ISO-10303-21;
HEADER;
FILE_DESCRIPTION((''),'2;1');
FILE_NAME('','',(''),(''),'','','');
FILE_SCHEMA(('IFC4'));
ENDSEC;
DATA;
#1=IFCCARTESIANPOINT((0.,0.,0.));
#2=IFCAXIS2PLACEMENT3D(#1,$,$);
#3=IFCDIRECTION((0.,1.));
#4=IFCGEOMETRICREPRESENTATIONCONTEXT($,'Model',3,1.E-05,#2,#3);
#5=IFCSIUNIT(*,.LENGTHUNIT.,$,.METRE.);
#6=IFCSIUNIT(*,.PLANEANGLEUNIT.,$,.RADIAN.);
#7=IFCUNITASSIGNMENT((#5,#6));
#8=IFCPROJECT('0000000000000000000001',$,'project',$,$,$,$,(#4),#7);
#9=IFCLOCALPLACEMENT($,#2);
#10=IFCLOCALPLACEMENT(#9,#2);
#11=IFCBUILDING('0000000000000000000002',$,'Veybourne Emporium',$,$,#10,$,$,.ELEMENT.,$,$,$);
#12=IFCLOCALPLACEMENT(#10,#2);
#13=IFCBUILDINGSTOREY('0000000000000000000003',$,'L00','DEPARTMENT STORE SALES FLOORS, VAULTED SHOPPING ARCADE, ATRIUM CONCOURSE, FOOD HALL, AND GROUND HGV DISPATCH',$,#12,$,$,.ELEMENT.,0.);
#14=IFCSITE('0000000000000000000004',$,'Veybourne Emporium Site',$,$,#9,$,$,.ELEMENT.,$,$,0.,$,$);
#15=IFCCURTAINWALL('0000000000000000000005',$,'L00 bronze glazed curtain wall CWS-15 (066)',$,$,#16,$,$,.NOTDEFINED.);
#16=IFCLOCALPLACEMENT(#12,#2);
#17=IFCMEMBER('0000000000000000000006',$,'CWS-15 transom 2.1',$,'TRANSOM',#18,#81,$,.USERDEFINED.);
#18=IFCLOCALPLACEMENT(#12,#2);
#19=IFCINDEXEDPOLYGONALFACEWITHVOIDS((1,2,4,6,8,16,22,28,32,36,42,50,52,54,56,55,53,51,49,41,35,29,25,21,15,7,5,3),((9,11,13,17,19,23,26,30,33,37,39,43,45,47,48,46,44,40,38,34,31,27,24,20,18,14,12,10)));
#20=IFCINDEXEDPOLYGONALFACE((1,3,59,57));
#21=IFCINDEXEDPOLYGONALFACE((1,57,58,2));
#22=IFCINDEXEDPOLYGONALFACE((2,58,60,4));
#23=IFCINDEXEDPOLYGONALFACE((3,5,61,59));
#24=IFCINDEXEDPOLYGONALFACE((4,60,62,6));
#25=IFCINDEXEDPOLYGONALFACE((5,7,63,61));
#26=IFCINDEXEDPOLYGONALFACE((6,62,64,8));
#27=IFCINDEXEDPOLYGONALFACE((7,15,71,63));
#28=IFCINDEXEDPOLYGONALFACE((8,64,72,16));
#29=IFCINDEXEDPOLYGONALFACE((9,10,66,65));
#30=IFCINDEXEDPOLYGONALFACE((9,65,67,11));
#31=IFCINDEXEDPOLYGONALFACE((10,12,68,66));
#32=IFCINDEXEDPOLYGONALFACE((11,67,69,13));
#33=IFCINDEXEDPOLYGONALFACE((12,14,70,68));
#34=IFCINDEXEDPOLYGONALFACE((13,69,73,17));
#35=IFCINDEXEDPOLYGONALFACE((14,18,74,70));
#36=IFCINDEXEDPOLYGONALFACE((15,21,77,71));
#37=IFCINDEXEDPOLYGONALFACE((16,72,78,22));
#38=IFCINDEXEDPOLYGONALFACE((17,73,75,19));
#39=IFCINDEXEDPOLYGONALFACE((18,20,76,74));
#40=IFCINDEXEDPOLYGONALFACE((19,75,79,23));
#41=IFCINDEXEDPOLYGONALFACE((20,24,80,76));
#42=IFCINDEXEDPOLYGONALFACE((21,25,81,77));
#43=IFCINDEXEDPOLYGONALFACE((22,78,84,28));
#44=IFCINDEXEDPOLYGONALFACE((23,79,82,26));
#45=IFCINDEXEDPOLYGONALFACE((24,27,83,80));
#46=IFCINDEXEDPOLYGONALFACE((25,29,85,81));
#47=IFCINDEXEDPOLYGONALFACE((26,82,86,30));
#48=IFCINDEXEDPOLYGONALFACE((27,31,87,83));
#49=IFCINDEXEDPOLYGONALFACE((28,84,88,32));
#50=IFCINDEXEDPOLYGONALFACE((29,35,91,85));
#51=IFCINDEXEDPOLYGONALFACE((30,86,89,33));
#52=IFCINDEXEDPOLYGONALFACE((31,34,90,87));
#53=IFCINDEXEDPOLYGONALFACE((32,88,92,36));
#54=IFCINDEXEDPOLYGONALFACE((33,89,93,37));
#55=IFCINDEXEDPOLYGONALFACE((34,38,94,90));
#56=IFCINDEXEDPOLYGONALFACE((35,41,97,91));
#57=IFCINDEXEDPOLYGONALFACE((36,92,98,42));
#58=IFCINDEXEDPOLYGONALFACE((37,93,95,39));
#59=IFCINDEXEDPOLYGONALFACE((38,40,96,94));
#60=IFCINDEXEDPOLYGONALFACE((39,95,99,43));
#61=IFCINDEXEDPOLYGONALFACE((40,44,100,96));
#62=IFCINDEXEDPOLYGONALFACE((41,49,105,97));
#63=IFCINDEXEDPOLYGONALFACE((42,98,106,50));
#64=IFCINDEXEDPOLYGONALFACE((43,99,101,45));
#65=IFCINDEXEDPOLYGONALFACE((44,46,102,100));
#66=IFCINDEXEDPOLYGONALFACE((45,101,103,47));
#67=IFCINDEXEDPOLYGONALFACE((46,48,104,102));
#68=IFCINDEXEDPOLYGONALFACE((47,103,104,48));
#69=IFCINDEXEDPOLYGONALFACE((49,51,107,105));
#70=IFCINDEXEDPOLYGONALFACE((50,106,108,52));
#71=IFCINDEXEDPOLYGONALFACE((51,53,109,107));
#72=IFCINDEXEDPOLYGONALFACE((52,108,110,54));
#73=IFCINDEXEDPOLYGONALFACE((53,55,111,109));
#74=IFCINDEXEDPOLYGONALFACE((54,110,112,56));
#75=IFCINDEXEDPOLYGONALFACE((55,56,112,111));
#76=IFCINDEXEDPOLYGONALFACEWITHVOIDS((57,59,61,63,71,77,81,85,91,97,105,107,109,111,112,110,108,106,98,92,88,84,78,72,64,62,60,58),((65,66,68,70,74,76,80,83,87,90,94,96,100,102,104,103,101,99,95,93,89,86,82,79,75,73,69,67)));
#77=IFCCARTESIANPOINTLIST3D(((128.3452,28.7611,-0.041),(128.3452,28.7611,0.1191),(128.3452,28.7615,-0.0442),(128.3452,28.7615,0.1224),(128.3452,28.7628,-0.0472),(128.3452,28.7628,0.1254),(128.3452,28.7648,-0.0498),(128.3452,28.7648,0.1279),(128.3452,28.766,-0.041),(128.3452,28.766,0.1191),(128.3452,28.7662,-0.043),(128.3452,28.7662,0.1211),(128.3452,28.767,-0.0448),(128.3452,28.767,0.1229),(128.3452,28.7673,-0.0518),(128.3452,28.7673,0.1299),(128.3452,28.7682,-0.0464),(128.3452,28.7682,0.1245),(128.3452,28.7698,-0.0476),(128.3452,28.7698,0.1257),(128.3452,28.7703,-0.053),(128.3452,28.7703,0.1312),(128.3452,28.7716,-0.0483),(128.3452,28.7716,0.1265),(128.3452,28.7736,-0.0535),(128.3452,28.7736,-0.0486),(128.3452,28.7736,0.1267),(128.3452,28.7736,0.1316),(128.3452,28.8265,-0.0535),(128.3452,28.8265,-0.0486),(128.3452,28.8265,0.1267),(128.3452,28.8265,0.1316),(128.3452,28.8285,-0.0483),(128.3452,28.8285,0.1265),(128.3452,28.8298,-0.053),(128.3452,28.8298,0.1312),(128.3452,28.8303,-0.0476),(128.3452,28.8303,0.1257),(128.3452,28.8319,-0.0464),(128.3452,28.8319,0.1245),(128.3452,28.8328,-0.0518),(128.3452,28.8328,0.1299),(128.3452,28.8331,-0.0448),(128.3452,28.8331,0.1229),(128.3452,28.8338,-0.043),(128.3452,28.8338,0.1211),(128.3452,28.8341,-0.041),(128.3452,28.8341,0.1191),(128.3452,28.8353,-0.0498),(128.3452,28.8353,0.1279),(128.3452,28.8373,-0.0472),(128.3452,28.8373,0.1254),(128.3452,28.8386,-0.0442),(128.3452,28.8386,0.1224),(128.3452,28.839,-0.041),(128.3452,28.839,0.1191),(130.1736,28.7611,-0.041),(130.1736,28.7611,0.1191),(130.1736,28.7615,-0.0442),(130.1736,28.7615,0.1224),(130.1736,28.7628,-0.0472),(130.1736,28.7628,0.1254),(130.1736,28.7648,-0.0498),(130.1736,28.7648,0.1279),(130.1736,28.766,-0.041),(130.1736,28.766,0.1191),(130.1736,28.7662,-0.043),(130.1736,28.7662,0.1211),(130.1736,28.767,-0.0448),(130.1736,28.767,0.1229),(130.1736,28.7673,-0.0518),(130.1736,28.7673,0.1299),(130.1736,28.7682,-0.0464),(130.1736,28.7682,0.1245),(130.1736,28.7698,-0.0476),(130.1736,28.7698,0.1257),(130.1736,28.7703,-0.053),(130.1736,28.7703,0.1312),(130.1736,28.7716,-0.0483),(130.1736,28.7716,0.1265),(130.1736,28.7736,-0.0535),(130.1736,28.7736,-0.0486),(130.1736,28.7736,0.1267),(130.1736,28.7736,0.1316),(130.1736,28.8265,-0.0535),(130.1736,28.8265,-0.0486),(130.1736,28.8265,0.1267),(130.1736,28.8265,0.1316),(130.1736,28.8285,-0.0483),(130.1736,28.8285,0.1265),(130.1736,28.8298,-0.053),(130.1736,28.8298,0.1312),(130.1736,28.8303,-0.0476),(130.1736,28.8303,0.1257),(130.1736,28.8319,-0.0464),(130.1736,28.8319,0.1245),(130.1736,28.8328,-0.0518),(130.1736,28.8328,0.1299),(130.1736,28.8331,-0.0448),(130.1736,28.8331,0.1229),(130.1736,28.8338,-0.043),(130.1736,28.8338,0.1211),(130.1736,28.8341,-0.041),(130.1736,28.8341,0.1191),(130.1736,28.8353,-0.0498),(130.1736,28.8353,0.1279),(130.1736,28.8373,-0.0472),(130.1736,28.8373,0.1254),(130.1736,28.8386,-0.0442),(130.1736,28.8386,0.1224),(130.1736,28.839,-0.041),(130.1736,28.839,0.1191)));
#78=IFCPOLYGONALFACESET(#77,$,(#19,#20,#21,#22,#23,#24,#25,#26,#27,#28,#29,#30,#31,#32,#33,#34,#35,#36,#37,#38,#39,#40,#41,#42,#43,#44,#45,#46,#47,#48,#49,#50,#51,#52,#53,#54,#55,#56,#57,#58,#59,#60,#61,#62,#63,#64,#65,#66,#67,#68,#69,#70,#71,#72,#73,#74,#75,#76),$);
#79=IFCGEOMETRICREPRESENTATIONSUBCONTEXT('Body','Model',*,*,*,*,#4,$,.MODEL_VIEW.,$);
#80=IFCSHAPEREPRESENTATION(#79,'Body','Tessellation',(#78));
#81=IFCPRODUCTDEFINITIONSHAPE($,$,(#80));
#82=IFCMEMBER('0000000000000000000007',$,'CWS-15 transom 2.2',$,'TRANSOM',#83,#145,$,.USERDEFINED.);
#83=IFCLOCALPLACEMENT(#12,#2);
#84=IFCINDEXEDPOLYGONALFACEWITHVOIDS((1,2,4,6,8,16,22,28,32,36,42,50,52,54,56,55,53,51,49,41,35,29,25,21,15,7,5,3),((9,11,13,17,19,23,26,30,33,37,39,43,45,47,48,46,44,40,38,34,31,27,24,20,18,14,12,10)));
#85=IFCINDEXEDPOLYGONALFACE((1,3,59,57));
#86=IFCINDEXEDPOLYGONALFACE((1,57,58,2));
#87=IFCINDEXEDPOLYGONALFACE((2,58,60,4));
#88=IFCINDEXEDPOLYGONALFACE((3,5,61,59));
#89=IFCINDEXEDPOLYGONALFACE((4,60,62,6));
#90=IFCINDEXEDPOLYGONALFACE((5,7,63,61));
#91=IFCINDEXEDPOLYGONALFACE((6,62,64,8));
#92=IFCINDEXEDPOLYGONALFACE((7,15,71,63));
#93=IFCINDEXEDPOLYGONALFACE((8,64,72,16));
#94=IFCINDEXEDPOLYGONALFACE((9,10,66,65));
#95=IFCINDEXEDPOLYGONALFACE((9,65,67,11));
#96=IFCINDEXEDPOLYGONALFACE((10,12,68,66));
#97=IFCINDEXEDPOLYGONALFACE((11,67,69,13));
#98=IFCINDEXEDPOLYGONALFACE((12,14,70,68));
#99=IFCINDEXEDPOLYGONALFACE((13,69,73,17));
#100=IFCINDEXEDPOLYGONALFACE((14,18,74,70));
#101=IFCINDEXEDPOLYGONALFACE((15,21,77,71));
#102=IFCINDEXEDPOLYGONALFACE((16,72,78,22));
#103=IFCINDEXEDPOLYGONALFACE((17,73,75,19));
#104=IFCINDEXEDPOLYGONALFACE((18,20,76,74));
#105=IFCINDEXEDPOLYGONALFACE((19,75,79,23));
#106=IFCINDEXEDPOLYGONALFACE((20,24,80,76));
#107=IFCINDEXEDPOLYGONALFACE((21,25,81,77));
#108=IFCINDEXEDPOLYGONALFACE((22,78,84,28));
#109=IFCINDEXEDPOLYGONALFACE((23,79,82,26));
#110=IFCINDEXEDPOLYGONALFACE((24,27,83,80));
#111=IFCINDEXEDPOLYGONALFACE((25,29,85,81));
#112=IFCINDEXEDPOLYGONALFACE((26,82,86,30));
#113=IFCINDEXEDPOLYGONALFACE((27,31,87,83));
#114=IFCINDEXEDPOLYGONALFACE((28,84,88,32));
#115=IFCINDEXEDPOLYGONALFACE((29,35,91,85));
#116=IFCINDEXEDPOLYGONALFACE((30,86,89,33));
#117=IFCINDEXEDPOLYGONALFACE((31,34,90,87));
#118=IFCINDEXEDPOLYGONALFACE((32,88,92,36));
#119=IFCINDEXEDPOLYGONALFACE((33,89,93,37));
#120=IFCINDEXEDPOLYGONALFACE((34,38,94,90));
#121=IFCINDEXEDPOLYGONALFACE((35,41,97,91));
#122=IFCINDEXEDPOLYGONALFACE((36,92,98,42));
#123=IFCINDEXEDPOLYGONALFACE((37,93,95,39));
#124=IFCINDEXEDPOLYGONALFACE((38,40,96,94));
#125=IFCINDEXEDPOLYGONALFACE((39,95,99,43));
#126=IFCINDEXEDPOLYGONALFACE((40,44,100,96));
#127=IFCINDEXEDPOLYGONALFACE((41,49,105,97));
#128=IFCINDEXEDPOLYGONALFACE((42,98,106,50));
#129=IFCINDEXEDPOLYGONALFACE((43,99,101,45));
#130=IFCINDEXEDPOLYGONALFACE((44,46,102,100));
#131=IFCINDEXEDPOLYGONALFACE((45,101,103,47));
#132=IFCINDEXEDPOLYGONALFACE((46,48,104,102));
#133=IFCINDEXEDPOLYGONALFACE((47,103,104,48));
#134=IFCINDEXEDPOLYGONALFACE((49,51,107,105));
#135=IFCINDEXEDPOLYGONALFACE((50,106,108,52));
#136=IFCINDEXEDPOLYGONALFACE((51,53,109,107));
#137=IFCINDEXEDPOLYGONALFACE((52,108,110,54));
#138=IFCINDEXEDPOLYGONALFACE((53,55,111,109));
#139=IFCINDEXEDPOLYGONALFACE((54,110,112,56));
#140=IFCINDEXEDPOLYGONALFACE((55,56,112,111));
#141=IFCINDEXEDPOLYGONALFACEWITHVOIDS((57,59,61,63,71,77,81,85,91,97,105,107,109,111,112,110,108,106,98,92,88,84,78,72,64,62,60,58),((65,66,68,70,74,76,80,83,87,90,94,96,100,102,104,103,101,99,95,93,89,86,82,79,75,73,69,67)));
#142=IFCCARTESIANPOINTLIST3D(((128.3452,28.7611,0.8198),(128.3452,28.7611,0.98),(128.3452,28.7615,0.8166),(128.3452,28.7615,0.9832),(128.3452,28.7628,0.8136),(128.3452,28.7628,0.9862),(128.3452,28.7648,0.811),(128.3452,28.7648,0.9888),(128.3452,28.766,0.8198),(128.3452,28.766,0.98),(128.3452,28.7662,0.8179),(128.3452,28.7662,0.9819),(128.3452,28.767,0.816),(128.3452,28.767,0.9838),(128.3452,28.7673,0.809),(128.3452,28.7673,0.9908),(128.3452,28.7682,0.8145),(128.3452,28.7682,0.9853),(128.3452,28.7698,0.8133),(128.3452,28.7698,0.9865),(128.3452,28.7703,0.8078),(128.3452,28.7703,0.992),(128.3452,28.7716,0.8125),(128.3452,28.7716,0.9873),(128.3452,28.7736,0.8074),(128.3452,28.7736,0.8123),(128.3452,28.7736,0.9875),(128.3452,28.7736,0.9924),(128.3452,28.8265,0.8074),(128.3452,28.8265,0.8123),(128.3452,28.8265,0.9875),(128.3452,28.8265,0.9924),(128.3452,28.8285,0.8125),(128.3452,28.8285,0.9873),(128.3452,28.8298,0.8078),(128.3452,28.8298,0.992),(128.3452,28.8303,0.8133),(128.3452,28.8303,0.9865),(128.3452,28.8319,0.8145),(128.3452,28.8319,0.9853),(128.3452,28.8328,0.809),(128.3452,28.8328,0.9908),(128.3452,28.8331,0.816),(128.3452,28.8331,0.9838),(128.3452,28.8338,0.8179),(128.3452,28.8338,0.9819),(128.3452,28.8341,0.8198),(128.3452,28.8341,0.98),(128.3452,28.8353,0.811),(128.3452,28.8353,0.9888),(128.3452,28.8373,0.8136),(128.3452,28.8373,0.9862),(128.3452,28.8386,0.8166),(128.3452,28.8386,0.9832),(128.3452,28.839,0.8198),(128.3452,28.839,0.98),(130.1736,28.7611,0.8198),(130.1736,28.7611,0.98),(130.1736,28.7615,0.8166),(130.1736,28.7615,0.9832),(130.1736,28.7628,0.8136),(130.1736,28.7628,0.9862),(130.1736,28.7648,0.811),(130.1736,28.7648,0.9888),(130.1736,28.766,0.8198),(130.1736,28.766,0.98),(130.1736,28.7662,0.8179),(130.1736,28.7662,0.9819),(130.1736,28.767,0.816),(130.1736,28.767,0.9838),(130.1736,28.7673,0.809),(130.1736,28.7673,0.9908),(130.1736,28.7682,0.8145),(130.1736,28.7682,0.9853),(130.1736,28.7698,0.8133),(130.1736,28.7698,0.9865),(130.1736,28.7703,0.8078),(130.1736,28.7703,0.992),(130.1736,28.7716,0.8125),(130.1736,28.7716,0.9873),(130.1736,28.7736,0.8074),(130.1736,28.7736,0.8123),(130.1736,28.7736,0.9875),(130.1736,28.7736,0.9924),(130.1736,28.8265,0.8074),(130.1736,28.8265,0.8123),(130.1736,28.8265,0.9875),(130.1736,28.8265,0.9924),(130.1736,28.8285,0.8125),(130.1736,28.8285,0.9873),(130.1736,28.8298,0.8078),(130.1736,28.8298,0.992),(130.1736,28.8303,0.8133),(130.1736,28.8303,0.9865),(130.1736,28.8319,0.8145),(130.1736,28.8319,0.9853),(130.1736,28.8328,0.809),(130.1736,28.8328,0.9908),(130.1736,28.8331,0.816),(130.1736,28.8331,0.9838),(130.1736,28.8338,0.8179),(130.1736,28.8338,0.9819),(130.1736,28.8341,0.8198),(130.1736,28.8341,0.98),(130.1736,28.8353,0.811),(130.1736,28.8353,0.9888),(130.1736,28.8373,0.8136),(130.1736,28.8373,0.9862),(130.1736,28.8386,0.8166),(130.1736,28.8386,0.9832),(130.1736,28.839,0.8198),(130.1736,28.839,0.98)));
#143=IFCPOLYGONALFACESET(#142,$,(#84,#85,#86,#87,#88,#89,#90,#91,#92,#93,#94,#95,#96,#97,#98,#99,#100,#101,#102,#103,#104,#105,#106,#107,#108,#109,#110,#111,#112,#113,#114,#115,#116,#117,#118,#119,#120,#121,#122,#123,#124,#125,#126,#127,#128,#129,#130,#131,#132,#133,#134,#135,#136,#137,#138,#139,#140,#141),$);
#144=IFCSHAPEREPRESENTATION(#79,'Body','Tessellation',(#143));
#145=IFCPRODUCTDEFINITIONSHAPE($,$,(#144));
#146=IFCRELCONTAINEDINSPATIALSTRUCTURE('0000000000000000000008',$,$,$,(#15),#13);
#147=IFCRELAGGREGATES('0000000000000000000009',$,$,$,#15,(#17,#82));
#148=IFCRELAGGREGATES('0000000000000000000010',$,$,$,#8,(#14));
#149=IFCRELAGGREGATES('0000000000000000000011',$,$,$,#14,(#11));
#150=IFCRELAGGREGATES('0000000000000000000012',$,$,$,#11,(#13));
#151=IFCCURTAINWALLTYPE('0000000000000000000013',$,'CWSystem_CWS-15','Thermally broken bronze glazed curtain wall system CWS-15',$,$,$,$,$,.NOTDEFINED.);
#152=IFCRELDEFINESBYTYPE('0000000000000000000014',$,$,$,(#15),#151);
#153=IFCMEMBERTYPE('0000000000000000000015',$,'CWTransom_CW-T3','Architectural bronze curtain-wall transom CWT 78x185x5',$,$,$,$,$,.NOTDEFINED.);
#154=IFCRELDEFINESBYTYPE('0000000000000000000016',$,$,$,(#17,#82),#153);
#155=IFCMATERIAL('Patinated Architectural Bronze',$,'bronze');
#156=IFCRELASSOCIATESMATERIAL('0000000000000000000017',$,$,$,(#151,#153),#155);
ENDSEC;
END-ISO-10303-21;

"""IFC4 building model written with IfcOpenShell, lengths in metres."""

from ifc_helpers import new_model, si_unit, direction, frame, origin, origin_2d, place, context, subcontext, project, spatial, hollow_rectangle, extrude, material, material_profile, profile_set, type_object, element, aggregate, save


model = new_model("IFC4")

# Units and contexts
model_context = context("Model", 3, precision=1e-05, world=origin(), true_north=direction((0.0, 1.0)))
body_context = subcontext(model_context, "Body", "Model", "MODEL_VIEW")
ifc_project = project(units=[si_unit("LENGTHUNIT", "METRE"), si_unit("PLANEANGLEUNIT", "RADIAN")], contexts=[model_context])

# Site, building, storey
site_placement = place(None, origin())
site = spatial("IfcSite", under=ifc_project, at=site_placement, Name="Veybourne Emporium Site", CompositionType="ELEMENT", RefElevation=0.0)
building_placement = place(site_placement, origin())
building = spatial("IfcBuilding", under=site, at=building_placement, Name="Veybourne Emporium", CompositionType="ELEMENT")
storey_placement = place(building_placement, origin())
storey = spatial("IfcBuildingStorey", under=building, at=storey_placement, Name="L00", Description="DEPARTMENT STORE SALES FLOORS, VAULTED SHOPPING ARCADE, ATRIUM CONCOURSE, FOOD HALL, AND GROUND HGV DISPATCH", CompositionType="ELEMENT", Elevation=0.0)

# Curtain wall, members
ifc_material_1 = material(Name="Patinated Architectural Bronze", Category="bronze")
curtain_wall_type = type_object("IfcCurtainWallType", Name="CWSystem_CWS-15", Description="Thermally broken bronze glazed curtain wall system CWS-15", PredefinedType="NOTDEFINED", material=ifc_material_1)
curtain_wall_placement = place(storey_placement, origin())
curtain_wall = element("IfcCurtainWall", 1, at=curtain_wall_placement, inside=storey, type_object=curtain_wall_type, Name="L00 bronze glazed curtain wall CWS-15 (066)", PredefinedType="NOTDEFINED")
ifc_material_profile_1 = material_profile(ifc_material_1, hollow_rectangle(XDim=0.0779, YDim=0.1851, WallThickness=0.0049, InnerFilletRadius=0.0076, OuterFilletRadius=0.0125, at=origin_2d()), Name="CWT 78x185x5")
ifc_profile_set_1 = profile_set([ifc_material_profile_1], Name="Patinated Architectural Bronze")
member_type_1 = type_object("IfcMemberType", Name="CWTransom_CW-T3", Description="Architectural bronze curtain-wall transom CWT 78x185x5", PredefinedType="NOTDEFINED", material=ifc_profile_set_1)
member_1_placement = place(storey_placement, frame((128.3452, 28.8, 0.0391), z_axis=(1.0, 0.0, 0.0), x_axis=(0.0, 1.0, 0.0)))
member_1 = element("IfcMember", 2, at=member_1_placement, type_object=member_type_1, Name="CWS-15 transom 2.1", ObjectType="TRANSOM", PredefinedType="USERDEFINED", context=body_context, shape_type="SweptSolid", body=[
    extrude(hollow_rectangle(XDim=0.0779, YDim=0.1851, WallThickness=0.0049, InnerFilletRadius=0.0076, OuterFilletRadius=0.0125, at=origin_2d()), origin(), (0.0, 0.0, 1.0), 1.8284),
])
member_2_placement = place(storey_placement, frame((128.3452, 28.8, 0.8999), z_axis=(1.0, 0.0, 0.0), x_axis=(0.0, 1.0, 0.0)))
member_2 = element("IfcMember", 3, at=member_2_placement, type_object=member_type_1, Name="CWS-15 transom 2.2", ObjectType="TRANSOM", PredefinedType="USERDEFINED", context=body_context, shape_type="SweptSolid", body=[
    extrude(hollow_rectangle(XDim=0.0779, YDim=0.1851, WallThickness=0.0049, InnerFilletRadius=0.0076, OuterFilletRadius=0.0125, at=origin_2d()), origin(), (0.0, 0.0, 1.0), 1.8284),
])
aggregate(curtain_wall, [member_1, member_2])

save(model, "model.ifc")
